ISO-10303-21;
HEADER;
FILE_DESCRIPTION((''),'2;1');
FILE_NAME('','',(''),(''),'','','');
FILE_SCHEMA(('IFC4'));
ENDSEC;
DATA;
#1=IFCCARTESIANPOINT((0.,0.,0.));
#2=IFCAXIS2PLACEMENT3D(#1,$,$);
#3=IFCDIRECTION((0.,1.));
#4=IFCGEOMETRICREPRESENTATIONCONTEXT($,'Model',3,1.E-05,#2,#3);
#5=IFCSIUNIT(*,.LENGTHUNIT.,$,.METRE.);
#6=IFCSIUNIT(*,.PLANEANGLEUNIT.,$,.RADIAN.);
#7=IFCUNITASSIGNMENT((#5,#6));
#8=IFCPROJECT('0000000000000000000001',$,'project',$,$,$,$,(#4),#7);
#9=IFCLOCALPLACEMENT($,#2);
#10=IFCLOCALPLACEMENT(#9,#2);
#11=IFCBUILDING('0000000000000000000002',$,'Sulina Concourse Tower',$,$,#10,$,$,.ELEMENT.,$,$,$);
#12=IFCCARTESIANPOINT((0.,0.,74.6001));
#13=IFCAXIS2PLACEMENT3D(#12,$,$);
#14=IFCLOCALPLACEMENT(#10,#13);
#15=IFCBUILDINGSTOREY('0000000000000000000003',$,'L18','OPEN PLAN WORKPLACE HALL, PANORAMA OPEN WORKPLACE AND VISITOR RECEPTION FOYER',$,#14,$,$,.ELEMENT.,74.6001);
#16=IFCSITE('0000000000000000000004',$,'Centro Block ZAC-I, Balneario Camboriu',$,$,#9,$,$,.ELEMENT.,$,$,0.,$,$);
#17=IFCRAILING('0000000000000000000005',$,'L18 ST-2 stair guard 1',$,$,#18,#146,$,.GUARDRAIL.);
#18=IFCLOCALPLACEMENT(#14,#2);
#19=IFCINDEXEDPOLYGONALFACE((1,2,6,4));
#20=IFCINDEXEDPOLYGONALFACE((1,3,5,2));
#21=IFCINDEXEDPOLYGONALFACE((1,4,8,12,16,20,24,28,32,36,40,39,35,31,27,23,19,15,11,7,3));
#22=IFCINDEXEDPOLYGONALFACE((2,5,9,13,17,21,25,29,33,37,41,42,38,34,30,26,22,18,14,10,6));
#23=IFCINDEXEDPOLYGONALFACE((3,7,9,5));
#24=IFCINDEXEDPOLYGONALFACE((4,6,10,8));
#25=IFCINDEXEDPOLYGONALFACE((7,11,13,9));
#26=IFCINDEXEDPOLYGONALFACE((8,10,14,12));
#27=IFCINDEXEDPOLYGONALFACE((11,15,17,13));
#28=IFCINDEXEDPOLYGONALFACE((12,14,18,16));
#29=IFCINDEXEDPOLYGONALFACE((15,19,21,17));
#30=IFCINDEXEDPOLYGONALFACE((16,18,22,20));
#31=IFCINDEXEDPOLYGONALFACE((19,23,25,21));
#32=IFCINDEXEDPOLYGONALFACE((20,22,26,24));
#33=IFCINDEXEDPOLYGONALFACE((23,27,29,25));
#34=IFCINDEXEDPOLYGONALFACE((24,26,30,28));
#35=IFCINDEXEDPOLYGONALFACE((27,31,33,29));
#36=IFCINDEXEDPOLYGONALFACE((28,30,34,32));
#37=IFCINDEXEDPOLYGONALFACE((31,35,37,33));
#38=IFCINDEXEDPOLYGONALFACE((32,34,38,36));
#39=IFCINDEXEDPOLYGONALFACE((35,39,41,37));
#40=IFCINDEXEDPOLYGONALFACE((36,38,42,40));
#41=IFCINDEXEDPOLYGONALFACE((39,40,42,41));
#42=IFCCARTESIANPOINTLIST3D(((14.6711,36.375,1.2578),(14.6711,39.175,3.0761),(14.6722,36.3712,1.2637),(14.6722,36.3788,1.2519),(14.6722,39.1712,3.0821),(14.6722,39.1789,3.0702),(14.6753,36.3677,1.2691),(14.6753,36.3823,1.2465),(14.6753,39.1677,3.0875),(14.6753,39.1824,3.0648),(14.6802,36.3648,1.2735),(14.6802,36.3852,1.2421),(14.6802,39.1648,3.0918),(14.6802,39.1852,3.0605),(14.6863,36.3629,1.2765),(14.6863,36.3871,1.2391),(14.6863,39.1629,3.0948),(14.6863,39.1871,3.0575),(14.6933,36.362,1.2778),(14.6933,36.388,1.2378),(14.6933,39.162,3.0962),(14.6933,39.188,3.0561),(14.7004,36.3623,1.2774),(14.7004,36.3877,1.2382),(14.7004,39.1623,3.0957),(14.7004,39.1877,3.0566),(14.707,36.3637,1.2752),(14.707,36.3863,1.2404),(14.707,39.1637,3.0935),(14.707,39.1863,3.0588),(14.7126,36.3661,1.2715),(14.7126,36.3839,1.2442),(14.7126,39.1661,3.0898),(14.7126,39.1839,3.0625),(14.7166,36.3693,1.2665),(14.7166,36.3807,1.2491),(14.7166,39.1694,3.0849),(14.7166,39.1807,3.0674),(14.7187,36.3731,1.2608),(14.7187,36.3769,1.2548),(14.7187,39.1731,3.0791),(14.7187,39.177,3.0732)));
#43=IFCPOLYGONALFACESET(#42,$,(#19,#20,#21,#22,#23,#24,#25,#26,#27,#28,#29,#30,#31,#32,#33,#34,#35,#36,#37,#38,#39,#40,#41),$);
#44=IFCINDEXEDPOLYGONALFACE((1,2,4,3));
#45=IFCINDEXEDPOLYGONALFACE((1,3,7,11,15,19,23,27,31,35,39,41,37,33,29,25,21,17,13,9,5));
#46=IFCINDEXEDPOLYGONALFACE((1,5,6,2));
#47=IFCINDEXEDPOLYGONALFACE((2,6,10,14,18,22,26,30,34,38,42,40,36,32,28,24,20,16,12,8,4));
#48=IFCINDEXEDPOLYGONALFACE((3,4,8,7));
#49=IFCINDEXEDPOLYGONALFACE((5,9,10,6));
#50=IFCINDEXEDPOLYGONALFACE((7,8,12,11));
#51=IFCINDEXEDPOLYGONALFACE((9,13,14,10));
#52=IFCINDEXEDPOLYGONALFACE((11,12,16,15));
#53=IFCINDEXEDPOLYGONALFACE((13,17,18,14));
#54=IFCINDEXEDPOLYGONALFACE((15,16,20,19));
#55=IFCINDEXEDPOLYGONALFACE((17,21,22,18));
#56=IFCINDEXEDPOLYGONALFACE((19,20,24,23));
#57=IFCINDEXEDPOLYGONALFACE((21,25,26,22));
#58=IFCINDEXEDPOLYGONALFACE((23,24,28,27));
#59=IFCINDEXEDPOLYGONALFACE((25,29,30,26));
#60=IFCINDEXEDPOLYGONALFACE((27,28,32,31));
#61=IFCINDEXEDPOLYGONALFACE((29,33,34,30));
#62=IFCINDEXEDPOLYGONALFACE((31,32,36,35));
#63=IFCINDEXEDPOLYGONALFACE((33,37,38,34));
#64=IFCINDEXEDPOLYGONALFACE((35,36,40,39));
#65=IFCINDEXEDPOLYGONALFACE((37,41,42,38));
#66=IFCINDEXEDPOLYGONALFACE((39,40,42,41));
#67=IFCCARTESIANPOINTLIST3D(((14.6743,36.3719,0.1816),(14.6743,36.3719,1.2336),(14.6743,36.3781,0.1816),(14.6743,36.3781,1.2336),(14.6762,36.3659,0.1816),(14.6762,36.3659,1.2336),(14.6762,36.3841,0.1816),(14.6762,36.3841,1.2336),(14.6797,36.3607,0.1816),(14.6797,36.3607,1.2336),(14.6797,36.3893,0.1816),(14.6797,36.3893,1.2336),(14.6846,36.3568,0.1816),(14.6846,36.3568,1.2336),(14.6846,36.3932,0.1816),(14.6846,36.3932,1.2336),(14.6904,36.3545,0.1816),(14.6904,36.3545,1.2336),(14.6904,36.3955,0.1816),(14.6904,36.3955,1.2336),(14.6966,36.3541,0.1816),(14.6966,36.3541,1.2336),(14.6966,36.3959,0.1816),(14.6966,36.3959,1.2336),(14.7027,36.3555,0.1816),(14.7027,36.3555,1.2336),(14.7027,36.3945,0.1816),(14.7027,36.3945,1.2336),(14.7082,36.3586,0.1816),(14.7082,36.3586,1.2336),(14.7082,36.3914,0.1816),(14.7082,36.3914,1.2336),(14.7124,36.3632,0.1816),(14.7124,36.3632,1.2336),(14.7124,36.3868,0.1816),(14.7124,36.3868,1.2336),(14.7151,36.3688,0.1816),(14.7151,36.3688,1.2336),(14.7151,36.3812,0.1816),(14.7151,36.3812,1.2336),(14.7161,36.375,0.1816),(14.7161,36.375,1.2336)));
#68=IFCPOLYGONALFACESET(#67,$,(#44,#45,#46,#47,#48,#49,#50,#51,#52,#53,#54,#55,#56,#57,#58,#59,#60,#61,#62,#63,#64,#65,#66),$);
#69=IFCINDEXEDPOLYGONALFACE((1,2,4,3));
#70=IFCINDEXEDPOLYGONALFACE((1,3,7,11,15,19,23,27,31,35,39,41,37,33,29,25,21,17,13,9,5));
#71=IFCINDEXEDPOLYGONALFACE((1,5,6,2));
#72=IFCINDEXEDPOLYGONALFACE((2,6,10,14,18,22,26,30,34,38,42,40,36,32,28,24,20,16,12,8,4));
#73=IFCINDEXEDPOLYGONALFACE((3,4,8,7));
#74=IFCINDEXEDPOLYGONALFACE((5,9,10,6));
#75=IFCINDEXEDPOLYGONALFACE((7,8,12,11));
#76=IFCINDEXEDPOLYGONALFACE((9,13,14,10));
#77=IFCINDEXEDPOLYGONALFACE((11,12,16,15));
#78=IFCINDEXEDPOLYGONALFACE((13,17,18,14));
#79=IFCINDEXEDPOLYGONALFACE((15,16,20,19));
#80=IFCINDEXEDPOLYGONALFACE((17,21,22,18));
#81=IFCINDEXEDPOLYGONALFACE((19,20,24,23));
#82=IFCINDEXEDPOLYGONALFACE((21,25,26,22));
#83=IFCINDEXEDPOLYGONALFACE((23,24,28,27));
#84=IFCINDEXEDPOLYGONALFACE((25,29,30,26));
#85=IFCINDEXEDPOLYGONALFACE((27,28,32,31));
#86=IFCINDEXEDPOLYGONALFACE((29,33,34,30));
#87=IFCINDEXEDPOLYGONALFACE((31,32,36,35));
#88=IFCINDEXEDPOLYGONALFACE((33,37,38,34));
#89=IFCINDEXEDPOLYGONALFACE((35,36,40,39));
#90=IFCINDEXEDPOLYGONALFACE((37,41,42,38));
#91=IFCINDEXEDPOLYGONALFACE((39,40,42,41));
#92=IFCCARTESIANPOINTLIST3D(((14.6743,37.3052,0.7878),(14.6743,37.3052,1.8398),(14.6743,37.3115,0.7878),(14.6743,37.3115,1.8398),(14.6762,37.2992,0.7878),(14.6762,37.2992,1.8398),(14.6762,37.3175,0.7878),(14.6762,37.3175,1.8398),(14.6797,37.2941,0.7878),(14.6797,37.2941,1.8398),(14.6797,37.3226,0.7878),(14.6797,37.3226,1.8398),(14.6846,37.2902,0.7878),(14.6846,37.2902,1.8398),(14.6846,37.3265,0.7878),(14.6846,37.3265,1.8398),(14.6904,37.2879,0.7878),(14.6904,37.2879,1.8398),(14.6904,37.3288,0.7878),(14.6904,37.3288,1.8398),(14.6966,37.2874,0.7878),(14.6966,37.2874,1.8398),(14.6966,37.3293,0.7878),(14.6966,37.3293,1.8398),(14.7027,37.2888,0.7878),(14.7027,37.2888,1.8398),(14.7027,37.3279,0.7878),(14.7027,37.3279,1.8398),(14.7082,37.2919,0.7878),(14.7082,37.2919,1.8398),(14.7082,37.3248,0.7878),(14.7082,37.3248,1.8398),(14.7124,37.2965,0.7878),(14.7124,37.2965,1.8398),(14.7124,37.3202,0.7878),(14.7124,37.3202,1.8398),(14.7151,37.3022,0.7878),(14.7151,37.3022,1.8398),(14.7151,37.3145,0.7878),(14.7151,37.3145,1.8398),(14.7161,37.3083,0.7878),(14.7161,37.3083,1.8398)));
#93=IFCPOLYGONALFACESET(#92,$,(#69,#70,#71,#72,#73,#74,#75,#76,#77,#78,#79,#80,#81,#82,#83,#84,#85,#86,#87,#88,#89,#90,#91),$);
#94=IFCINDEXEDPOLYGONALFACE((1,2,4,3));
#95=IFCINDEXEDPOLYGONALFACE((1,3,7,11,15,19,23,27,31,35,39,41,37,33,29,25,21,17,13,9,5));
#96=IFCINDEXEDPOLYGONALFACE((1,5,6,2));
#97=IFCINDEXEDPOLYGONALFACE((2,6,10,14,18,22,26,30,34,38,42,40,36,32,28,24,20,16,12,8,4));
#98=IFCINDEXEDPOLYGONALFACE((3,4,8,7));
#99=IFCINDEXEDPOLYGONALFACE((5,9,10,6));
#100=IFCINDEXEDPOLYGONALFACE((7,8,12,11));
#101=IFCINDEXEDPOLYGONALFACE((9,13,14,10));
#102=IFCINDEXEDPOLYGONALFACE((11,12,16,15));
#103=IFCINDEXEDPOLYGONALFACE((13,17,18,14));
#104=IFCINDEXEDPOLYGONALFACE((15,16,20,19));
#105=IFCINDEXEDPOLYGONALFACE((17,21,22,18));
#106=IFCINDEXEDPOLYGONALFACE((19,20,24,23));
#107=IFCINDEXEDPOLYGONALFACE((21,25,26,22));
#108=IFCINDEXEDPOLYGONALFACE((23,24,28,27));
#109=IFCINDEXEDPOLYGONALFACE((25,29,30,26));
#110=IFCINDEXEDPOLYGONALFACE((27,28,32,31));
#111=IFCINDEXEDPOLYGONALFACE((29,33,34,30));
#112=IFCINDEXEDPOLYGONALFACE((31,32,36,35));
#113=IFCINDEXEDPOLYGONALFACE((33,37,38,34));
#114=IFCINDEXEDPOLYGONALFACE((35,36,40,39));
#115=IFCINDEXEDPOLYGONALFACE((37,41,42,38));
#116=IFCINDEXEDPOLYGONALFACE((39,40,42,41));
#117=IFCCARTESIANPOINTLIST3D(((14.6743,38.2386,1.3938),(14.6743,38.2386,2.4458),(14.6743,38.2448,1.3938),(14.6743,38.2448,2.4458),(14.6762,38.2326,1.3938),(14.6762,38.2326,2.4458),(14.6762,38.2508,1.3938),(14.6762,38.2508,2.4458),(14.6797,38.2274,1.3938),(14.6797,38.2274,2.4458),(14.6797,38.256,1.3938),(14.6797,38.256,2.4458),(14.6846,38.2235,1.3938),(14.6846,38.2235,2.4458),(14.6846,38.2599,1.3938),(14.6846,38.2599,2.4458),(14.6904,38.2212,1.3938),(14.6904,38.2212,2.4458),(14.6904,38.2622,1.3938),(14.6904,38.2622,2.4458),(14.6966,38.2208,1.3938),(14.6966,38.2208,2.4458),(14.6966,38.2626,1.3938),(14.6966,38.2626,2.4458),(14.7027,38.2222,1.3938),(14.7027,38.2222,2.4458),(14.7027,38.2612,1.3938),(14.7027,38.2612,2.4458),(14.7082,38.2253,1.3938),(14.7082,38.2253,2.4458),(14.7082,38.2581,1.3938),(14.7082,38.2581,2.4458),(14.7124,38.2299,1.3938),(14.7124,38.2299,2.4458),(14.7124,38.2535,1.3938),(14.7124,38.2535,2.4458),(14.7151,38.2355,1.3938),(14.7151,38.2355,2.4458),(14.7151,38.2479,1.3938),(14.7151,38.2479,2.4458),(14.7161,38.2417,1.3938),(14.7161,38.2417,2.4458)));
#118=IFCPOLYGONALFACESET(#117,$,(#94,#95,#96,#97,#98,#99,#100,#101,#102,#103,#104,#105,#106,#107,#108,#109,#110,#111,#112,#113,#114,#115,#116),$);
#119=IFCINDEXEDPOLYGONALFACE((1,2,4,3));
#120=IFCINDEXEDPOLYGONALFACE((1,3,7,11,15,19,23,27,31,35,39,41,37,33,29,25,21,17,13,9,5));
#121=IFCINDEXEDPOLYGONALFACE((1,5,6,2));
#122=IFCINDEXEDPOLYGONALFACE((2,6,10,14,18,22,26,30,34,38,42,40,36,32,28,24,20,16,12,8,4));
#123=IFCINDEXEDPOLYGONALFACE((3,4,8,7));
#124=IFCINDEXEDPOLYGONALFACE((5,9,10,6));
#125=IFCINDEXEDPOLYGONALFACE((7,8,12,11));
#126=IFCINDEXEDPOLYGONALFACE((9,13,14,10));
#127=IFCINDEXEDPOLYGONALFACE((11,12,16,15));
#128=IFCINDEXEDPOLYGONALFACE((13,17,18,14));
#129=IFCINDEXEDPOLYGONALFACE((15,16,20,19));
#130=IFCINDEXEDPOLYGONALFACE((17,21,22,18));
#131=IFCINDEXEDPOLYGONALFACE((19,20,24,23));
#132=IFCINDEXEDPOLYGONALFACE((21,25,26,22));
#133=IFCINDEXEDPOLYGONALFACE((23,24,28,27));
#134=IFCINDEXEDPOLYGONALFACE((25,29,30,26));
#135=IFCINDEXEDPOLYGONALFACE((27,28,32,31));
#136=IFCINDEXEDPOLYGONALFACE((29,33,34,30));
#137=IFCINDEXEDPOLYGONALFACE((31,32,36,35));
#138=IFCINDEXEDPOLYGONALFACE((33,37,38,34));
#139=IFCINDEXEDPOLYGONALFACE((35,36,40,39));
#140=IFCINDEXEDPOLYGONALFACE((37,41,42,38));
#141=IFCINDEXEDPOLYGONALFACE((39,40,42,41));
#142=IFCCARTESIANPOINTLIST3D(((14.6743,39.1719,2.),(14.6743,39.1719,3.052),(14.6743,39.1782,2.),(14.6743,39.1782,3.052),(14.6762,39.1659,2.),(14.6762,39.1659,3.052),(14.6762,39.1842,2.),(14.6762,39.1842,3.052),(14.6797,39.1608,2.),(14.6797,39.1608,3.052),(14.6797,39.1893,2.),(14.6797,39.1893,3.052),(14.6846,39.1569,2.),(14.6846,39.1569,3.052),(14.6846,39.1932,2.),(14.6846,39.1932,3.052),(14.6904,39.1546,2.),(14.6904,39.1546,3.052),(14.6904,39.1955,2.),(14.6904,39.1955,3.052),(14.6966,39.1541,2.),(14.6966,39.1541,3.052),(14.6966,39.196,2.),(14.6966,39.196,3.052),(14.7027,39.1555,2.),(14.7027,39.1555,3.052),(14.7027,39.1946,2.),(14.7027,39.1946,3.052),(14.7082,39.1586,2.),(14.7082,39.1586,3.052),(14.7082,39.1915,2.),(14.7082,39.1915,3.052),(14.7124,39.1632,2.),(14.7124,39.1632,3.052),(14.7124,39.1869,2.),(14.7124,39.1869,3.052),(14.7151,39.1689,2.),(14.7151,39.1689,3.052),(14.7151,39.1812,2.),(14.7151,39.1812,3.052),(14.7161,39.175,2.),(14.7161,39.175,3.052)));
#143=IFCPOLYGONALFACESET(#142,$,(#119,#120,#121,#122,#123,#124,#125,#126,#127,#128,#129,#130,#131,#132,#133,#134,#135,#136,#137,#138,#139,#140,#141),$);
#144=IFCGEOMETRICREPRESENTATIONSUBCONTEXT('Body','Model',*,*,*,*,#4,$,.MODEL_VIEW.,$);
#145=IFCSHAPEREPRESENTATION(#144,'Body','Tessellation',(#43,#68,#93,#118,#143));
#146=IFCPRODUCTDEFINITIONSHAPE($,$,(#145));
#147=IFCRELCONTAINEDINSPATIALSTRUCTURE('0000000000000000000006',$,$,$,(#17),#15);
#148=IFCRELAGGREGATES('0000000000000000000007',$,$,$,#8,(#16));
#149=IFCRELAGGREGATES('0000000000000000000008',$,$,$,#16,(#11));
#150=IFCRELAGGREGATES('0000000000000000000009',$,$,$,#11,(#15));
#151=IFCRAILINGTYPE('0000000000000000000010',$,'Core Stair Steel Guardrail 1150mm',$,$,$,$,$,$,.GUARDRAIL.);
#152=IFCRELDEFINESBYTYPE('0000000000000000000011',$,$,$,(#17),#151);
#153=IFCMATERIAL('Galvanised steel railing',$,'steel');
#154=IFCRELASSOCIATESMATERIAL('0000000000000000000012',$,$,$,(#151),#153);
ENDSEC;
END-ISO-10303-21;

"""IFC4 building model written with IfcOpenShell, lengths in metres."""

from ifc_helpers import new_model, si_unit, direction, frame, origin, origin_2d, place, context, subcontext, project, spatial, circle, extrude, material, type_object, element, save


model = new_model("IFC4")

# Units and contexts
model_context = context("Model", 3, precision=1e-05, world=origin(), true_north=direction((0.0, 1.0)))
body_context = subcontext(model_context, "Body", "Model", "MODEL_VIEW")
ifc_project = project(units=[si_unit("LENGTHUNIT", "METRE"), si_unit("PLANEANGLEUNIT", "RADIAN")], contexts=[model_context])

# Site, building, storey
site_placement = place(None, origin())
site = spatial("IfcSite", under=ifc_project, at=site_placement, Name="Centro Block ZAC-I, Balneario Camboriu", CompositionType="ELEMENT", RefElevation=0.0)
building_placement = place(site_placement, origin())
building = spatial("IfcBuilding", under=site, at=building_placement, Name="Sulina Concourse Tower", CompositionType="ELEMENT")
storey_placement = place(building_placement, frame((0.0, 0.0, 74.6001)))
storey = spatial("IfcBuildingStorey", under=building, at=storey_placement, Name="L18", Description="OPEN PLAN WORKPLACE HALL, PANORAMA OPEN WORKPLACE AND VISITOR RECEPTION FOYER", CompositionType="ELEMENT", Elevation=74.6001)

# Railing
ifc_material_1 = material(Name="Galvanised steel railing", Category="steel")
railing_type_1 = type_object("IfcRailingType", Name="Core Stair Steel Guardrail 1150mm", PredefinedType="GUARDRAIL", material=ifc_material_1)
railing_1_placement = place(storey_placement, frame((14.6951, 36.375, 0.1816)))
element("IfcRailing", 1, at=railing_1_placement, inside=storey, type_object=railing_type_1, Name="L18 ST-2 stair guard 1", PredefinedType="GUARDRAIL", context=body_context, shape_type="SweptSolid", body=[
    extrude(circle(Radius=0.0239, at=origin_2d()), frame((0.0, 0.0, 1.0762), z_axis=(0.0, 0.838672, 0.544636), x_axis=(-1.0, 0.0, 0.0)), (0.0, 0.0, 1.0), 3.3386),
    extrude(circle(Radius=0.021, at=origin_2d()), origin(), (0.0, 0.0, 1.0), 1.052),
    extrude(circle(Radius=0.021, at=origin_2d()), frame((0.0, 0.9333, 0.6062)), (0.0, 0.0, 1.0), 1.052),
    extrude(circle(Radius=0.021, at=origin_2d()), frame((0.0, 1.8667, 1.2122)), (0.0, 0.0, 1.0), 1.052),
    extrude(circle(Radius=0.021, at=origin_2d()), frame((0.0, 2.8, 1.8184)), (0.0, 0.0, 1.0), 1.052),
])

save(model, "model.ifc")
